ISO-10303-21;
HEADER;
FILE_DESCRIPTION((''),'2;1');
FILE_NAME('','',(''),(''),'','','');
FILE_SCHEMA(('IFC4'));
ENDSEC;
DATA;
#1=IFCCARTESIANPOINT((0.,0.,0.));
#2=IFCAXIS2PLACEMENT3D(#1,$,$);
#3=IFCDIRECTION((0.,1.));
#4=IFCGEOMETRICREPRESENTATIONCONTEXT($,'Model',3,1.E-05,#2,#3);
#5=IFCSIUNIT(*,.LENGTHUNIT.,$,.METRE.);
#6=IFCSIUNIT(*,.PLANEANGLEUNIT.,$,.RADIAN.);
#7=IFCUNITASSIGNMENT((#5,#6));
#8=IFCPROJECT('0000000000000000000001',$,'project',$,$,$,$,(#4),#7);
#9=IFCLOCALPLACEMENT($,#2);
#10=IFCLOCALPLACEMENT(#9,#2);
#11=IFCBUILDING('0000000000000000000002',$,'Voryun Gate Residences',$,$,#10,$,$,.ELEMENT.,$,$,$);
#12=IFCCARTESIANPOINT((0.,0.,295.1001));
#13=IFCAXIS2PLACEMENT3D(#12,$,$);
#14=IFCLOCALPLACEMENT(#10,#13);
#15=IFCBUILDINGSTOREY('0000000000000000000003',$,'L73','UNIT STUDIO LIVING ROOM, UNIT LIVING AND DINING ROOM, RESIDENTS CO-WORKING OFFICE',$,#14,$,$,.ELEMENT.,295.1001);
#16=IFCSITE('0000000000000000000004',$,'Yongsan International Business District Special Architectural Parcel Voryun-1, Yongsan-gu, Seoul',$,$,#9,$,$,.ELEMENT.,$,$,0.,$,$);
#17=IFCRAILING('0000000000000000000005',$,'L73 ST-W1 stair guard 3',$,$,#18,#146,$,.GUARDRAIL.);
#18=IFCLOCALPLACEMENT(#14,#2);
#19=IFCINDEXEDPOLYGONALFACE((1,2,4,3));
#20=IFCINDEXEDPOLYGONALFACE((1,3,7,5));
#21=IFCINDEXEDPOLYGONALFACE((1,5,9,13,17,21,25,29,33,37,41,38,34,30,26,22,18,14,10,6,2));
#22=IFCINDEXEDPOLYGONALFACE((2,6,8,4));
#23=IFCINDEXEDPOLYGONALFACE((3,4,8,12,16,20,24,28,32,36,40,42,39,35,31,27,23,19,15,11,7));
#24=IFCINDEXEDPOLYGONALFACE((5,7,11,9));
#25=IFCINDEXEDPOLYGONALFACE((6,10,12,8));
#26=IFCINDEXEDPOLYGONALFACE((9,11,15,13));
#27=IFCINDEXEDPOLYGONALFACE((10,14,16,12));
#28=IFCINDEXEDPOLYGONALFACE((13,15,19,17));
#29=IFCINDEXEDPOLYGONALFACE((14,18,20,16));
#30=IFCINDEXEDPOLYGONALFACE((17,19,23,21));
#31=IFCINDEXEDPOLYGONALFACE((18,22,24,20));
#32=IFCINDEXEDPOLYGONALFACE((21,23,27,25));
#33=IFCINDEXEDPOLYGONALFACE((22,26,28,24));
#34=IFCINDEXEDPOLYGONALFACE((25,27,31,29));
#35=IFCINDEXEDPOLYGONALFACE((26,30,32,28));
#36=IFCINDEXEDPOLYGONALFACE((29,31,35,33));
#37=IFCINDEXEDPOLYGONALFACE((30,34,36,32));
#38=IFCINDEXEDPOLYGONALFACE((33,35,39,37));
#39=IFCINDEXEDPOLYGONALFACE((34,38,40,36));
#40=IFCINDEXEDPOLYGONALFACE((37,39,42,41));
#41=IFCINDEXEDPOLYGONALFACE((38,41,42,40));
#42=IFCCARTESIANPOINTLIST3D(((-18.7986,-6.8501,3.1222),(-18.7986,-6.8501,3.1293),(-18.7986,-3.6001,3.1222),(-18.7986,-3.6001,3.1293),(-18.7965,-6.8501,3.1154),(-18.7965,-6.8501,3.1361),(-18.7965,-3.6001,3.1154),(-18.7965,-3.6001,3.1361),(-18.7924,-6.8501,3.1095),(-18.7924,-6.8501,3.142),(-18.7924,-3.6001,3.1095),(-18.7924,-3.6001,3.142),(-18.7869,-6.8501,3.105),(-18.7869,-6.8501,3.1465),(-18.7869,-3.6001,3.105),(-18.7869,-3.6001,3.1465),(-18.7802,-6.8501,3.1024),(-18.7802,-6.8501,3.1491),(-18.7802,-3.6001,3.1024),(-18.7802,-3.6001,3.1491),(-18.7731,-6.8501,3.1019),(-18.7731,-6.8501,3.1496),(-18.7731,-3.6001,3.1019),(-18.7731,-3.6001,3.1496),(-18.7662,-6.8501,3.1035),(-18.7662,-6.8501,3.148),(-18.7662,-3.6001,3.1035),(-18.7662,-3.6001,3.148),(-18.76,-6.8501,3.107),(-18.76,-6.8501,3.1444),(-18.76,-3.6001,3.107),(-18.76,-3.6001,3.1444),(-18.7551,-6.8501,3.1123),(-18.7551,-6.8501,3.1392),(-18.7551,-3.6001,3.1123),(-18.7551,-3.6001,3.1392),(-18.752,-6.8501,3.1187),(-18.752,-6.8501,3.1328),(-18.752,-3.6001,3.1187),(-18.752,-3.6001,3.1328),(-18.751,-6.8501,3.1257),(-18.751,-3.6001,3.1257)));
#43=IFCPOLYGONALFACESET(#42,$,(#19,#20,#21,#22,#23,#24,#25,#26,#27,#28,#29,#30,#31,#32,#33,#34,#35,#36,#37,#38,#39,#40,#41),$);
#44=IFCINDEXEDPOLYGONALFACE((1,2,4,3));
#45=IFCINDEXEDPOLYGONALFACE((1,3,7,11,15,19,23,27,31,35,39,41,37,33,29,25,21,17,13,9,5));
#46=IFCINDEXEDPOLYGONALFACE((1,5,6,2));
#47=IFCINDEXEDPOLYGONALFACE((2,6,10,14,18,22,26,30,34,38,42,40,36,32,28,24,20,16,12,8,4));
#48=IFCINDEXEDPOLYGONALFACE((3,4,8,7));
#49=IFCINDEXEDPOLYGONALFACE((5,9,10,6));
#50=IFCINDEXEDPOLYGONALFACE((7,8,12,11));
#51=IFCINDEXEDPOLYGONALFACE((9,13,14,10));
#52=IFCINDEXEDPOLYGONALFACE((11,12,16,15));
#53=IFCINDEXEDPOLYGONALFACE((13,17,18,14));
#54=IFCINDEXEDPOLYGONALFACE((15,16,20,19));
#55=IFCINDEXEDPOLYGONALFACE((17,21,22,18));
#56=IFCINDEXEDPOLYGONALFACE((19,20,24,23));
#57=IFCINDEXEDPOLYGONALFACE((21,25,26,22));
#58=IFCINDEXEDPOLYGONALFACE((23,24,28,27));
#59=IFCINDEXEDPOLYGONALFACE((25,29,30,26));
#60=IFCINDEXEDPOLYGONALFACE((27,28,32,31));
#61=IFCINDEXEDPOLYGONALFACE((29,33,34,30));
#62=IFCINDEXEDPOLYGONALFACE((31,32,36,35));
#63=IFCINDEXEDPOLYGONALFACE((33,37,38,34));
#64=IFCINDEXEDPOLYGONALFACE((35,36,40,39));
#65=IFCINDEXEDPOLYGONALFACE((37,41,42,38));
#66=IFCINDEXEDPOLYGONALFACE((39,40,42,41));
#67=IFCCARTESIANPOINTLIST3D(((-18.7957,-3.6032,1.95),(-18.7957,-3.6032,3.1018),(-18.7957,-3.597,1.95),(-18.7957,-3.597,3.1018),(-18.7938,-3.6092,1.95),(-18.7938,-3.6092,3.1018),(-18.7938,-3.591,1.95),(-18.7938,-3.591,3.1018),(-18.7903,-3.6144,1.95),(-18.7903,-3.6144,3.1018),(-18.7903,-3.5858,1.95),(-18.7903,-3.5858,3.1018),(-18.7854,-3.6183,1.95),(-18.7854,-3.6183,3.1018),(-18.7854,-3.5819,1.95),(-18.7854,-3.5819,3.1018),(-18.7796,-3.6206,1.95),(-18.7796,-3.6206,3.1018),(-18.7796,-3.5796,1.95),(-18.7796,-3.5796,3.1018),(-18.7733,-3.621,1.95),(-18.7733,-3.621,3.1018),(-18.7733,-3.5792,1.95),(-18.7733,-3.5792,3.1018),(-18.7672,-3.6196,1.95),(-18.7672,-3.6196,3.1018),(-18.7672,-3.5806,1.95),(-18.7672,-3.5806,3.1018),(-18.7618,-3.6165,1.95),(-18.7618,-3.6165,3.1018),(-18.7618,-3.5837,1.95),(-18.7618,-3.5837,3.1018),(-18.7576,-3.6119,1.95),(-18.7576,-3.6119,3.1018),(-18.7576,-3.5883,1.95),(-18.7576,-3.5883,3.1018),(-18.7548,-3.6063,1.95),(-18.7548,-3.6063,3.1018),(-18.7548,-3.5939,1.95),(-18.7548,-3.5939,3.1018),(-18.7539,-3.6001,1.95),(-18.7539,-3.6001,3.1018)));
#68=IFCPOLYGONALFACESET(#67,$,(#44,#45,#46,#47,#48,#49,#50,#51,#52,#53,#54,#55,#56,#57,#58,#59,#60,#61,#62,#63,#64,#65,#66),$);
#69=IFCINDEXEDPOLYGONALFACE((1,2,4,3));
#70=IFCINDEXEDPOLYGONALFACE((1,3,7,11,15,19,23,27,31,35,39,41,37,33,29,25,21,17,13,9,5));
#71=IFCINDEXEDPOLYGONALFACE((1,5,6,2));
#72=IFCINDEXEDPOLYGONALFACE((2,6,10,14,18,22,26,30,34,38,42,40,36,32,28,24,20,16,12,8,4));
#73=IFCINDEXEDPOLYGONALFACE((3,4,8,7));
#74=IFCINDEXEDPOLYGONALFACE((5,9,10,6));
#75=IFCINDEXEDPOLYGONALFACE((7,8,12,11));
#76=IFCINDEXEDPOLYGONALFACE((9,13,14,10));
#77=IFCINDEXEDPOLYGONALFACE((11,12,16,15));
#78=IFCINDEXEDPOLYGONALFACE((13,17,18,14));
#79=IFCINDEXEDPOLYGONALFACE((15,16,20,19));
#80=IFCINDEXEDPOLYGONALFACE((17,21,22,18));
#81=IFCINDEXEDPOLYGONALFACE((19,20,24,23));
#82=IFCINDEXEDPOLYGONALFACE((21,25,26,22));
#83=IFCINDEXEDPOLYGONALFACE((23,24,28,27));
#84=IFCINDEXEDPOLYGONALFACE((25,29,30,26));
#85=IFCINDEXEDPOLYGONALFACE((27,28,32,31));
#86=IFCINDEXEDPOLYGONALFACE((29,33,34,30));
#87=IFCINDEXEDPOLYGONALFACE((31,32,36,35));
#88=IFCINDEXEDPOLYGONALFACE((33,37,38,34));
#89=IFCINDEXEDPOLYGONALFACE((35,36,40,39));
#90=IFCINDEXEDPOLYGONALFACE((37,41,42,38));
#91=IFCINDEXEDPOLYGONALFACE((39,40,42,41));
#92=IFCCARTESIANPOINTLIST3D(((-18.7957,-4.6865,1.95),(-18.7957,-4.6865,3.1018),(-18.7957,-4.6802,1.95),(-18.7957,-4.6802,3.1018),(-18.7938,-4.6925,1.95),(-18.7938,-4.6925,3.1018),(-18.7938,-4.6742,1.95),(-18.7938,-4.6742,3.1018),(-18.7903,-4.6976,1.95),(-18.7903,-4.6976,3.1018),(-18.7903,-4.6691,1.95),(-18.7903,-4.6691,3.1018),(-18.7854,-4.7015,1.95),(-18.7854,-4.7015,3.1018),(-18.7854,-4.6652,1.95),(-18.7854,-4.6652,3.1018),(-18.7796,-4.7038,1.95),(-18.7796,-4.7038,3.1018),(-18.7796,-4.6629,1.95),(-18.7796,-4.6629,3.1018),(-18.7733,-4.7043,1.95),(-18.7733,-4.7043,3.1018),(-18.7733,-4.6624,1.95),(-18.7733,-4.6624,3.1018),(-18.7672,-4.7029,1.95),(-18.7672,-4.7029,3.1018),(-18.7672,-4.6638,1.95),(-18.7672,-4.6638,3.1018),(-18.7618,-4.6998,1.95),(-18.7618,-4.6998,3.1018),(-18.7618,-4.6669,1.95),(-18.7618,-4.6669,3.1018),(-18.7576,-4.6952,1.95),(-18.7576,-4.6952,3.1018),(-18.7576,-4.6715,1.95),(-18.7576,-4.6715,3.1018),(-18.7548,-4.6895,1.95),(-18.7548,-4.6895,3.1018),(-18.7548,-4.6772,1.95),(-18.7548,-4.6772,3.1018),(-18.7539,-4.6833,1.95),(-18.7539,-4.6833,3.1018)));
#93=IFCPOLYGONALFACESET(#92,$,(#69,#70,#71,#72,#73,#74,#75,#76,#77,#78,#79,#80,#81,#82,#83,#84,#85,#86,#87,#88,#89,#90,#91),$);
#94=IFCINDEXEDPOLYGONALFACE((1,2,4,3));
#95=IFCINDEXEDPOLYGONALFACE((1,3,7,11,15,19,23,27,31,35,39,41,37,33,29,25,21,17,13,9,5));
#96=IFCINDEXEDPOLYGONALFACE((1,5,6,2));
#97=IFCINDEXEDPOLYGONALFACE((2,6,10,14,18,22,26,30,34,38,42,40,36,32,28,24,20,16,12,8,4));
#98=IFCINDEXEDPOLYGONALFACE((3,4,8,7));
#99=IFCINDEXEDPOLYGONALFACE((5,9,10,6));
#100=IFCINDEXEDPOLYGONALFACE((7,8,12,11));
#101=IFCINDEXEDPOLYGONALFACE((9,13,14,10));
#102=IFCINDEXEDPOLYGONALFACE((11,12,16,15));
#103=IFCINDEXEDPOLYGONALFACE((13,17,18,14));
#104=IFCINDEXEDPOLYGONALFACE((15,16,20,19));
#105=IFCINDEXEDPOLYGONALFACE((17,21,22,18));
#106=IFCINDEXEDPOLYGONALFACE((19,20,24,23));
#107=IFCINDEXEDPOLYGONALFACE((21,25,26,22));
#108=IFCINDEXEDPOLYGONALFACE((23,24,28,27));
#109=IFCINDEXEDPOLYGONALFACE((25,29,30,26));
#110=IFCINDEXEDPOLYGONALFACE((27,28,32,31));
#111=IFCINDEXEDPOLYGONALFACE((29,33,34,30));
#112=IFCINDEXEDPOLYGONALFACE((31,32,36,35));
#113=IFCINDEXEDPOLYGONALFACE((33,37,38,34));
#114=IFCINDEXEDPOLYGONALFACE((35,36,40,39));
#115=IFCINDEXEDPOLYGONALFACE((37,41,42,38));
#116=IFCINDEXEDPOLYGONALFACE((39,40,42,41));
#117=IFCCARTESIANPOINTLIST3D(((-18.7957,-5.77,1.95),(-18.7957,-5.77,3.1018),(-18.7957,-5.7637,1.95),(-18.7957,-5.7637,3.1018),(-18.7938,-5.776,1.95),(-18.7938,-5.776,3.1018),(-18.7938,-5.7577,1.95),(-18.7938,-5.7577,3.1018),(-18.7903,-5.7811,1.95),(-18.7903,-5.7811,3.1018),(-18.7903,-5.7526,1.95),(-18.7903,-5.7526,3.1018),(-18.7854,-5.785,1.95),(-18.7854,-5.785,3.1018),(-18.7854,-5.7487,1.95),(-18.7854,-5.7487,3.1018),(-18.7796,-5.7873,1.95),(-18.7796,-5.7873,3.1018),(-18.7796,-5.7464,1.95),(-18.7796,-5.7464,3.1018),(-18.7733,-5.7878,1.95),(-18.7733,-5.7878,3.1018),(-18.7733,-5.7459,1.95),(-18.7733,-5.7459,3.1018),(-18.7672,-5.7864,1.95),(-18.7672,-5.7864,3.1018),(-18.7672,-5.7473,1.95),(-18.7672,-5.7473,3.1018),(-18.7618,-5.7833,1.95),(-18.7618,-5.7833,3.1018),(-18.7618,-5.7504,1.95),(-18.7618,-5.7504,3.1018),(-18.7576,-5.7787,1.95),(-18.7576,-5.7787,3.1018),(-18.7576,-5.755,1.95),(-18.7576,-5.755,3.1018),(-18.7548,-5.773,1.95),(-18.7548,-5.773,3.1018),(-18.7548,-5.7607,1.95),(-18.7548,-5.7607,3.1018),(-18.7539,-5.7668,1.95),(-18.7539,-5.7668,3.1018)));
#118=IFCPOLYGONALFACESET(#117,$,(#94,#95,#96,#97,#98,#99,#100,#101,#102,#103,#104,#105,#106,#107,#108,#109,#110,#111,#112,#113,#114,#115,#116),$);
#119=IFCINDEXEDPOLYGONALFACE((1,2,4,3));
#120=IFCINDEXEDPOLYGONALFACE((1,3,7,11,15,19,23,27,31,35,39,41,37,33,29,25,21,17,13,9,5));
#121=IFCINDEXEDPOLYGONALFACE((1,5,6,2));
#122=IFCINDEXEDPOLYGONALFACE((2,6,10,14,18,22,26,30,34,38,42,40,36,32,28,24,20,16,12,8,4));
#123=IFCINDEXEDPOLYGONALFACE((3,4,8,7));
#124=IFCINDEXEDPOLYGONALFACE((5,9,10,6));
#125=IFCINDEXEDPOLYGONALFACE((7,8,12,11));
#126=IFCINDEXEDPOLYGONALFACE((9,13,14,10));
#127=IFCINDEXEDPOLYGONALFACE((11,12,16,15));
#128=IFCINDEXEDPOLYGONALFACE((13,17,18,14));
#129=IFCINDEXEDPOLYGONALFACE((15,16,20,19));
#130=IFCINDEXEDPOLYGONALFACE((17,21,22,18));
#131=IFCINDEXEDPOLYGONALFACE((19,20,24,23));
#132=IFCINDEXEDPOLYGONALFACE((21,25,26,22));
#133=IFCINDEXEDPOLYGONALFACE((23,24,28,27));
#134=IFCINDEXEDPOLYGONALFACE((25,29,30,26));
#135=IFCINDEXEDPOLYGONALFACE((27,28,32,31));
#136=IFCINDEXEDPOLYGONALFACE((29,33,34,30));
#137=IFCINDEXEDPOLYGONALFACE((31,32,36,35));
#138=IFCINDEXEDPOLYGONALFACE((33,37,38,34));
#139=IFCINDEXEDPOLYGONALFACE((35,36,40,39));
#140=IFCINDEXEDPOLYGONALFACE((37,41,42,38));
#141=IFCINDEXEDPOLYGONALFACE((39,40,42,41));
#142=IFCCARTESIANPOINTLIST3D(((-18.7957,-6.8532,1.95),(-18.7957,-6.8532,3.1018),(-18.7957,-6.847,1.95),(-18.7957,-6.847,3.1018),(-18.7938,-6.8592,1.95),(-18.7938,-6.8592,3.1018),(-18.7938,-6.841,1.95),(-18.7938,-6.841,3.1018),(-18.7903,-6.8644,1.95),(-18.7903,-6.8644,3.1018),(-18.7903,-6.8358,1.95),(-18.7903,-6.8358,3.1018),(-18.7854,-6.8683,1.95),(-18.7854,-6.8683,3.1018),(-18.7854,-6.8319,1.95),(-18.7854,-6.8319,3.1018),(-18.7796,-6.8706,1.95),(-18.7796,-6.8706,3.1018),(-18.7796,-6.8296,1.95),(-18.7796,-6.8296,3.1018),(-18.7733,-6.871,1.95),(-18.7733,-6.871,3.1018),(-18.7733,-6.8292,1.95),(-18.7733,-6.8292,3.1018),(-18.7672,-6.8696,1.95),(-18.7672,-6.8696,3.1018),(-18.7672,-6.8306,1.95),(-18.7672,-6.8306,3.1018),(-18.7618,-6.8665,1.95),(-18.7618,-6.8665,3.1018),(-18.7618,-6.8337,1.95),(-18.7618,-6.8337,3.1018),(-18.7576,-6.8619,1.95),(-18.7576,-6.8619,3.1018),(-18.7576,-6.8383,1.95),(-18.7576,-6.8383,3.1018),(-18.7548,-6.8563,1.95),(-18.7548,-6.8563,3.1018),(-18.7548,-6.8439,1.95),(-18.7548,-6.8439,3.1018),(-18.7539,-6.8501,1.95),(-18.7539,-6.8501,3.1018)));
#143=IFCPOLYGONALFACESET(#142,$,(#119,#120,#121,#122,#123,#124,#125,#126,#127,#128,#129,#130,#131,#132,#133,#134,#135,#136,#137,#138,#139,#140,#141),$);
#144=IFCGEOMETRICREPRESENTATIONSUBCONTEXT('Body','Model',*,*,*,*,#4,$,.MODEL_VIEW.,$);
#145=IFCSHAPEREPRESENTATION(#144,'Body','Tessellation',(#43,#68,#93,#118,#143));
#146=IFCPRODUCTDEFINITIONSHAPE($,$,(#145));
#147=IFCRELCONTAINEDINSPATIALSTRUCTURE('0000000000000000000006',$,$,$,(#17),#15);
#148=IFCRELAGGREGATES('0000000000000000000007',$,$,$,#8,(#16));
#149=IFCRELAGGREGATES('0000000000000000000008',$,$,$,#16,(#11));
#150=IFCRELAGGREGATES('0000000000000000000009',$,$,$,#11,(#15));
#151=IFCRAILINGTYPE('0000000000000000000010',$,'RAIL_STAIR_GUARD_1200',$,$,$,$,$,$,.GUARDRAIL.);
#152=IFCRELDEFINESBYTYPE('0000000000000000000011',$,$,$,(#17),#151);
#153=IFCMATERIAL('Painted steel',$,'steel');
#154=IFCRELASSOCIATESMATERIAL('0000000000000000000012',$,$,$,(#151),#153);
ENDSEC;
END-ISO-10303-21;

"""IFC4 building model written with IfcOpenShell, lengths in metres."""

from ifc_helpers import new_model, si_unit, direction, frame, origin, origin_2d, place, context, subcontext, project, spatial, circle, extrude, material, type_object, element, save


model = new_model("IFC4")

# Units and contexts
model_context = context("Model", 3, precision=1e-05, world=origin(), true_north=direction((0.0, 1.0)))
body_context = subcontext(model_context, "Body", "Model", "MODEL_VIEW")
ifc_project = project(units=[si_unit("LENGTHUNIT", "METRE"), si_unit("PLANEANGLEUNIT", "RADIAN")], contexts=[model_context])

# Site, building, storey
site_placement = place(None, origin())
site = spatial("IfcSite", under=ifc_project, at=site_placement, Name="Yongsan International Business District Special Architectural Parcel Voryun-1, Yongsan-gu, Seoul", CompositionType="ELEMENT", RefElevation=0.0)
building_placement = place(site_placement, origin())
building = spatial("IfcBuilding", under=site, at=building_placement, Name="Voryun Gate Residences", CompositionType="ELEMENT")
storey_placement = place(building_placement, frame((0.0, 0.0, 295.1001)))
storey = spatial("IfcBuildingStorey", under=building, at=storey_placement, Name="L73", Description="UNIT STUDIO LIVING ROOM, UNIT LIVING AND DINING ROOM, RESIDENTS CO-WORKING OFFICE", CompositionType="ELEMENT", Elevation=295.1001)

# Railing
ifc_material_1 = material(Name="Painted steel", Category="steel")
railing_type_1 = type_object("IfcRailingType", Name="RAIL_STAIR_GUARD_1200", PredefinedType="GUARDRAIL", material=ifc_material_1)
railing_1_placement = place(storey_placement, frame((-18.7749, -3.6001, 1.95)))
element("IfcRailing", 1, at=railing_1_placement, inside=storey, type_object=railing_type_1, Name="L73 ST-W1 stair guard 3", PredefinedType="GUARDRAIL", context=body_context, shape_type="SweptSolid", body=[
    extrude(circle(Radius=0.0239, at=origin_2d()), frame((0.0, 0.0, 1.1758), z_axis=(0.0, -1.0, 0.0), x_axis=(1.0, 0.0, 0.0)), (0.0, 0.0, 1.0), 3.25),
    extrude(circle(Radius=0.021, at=origin_2d()), origin(), (0.0, 0.0, 1.0), 1.1519),
    extrude(circle(Radius=0.021, at=origin_2d()), frame((0.0, -1.0833, 0.0)), (0.0, 0.0, 1.0), 1.1519),
    extrude(circle(Radius=0.021, at=origin_2d()), frame((0.0, -2.1667, 0.0)), (0.0, 0.0, 1.0), 1.1519),
    extrude(circle(Radius=0.021, at=origin_2d()), frame((0.0, -3.25, 0.0)), (0.0, 0.0, 1.0), 1.1519),
])

save(model, "model.ifc")
